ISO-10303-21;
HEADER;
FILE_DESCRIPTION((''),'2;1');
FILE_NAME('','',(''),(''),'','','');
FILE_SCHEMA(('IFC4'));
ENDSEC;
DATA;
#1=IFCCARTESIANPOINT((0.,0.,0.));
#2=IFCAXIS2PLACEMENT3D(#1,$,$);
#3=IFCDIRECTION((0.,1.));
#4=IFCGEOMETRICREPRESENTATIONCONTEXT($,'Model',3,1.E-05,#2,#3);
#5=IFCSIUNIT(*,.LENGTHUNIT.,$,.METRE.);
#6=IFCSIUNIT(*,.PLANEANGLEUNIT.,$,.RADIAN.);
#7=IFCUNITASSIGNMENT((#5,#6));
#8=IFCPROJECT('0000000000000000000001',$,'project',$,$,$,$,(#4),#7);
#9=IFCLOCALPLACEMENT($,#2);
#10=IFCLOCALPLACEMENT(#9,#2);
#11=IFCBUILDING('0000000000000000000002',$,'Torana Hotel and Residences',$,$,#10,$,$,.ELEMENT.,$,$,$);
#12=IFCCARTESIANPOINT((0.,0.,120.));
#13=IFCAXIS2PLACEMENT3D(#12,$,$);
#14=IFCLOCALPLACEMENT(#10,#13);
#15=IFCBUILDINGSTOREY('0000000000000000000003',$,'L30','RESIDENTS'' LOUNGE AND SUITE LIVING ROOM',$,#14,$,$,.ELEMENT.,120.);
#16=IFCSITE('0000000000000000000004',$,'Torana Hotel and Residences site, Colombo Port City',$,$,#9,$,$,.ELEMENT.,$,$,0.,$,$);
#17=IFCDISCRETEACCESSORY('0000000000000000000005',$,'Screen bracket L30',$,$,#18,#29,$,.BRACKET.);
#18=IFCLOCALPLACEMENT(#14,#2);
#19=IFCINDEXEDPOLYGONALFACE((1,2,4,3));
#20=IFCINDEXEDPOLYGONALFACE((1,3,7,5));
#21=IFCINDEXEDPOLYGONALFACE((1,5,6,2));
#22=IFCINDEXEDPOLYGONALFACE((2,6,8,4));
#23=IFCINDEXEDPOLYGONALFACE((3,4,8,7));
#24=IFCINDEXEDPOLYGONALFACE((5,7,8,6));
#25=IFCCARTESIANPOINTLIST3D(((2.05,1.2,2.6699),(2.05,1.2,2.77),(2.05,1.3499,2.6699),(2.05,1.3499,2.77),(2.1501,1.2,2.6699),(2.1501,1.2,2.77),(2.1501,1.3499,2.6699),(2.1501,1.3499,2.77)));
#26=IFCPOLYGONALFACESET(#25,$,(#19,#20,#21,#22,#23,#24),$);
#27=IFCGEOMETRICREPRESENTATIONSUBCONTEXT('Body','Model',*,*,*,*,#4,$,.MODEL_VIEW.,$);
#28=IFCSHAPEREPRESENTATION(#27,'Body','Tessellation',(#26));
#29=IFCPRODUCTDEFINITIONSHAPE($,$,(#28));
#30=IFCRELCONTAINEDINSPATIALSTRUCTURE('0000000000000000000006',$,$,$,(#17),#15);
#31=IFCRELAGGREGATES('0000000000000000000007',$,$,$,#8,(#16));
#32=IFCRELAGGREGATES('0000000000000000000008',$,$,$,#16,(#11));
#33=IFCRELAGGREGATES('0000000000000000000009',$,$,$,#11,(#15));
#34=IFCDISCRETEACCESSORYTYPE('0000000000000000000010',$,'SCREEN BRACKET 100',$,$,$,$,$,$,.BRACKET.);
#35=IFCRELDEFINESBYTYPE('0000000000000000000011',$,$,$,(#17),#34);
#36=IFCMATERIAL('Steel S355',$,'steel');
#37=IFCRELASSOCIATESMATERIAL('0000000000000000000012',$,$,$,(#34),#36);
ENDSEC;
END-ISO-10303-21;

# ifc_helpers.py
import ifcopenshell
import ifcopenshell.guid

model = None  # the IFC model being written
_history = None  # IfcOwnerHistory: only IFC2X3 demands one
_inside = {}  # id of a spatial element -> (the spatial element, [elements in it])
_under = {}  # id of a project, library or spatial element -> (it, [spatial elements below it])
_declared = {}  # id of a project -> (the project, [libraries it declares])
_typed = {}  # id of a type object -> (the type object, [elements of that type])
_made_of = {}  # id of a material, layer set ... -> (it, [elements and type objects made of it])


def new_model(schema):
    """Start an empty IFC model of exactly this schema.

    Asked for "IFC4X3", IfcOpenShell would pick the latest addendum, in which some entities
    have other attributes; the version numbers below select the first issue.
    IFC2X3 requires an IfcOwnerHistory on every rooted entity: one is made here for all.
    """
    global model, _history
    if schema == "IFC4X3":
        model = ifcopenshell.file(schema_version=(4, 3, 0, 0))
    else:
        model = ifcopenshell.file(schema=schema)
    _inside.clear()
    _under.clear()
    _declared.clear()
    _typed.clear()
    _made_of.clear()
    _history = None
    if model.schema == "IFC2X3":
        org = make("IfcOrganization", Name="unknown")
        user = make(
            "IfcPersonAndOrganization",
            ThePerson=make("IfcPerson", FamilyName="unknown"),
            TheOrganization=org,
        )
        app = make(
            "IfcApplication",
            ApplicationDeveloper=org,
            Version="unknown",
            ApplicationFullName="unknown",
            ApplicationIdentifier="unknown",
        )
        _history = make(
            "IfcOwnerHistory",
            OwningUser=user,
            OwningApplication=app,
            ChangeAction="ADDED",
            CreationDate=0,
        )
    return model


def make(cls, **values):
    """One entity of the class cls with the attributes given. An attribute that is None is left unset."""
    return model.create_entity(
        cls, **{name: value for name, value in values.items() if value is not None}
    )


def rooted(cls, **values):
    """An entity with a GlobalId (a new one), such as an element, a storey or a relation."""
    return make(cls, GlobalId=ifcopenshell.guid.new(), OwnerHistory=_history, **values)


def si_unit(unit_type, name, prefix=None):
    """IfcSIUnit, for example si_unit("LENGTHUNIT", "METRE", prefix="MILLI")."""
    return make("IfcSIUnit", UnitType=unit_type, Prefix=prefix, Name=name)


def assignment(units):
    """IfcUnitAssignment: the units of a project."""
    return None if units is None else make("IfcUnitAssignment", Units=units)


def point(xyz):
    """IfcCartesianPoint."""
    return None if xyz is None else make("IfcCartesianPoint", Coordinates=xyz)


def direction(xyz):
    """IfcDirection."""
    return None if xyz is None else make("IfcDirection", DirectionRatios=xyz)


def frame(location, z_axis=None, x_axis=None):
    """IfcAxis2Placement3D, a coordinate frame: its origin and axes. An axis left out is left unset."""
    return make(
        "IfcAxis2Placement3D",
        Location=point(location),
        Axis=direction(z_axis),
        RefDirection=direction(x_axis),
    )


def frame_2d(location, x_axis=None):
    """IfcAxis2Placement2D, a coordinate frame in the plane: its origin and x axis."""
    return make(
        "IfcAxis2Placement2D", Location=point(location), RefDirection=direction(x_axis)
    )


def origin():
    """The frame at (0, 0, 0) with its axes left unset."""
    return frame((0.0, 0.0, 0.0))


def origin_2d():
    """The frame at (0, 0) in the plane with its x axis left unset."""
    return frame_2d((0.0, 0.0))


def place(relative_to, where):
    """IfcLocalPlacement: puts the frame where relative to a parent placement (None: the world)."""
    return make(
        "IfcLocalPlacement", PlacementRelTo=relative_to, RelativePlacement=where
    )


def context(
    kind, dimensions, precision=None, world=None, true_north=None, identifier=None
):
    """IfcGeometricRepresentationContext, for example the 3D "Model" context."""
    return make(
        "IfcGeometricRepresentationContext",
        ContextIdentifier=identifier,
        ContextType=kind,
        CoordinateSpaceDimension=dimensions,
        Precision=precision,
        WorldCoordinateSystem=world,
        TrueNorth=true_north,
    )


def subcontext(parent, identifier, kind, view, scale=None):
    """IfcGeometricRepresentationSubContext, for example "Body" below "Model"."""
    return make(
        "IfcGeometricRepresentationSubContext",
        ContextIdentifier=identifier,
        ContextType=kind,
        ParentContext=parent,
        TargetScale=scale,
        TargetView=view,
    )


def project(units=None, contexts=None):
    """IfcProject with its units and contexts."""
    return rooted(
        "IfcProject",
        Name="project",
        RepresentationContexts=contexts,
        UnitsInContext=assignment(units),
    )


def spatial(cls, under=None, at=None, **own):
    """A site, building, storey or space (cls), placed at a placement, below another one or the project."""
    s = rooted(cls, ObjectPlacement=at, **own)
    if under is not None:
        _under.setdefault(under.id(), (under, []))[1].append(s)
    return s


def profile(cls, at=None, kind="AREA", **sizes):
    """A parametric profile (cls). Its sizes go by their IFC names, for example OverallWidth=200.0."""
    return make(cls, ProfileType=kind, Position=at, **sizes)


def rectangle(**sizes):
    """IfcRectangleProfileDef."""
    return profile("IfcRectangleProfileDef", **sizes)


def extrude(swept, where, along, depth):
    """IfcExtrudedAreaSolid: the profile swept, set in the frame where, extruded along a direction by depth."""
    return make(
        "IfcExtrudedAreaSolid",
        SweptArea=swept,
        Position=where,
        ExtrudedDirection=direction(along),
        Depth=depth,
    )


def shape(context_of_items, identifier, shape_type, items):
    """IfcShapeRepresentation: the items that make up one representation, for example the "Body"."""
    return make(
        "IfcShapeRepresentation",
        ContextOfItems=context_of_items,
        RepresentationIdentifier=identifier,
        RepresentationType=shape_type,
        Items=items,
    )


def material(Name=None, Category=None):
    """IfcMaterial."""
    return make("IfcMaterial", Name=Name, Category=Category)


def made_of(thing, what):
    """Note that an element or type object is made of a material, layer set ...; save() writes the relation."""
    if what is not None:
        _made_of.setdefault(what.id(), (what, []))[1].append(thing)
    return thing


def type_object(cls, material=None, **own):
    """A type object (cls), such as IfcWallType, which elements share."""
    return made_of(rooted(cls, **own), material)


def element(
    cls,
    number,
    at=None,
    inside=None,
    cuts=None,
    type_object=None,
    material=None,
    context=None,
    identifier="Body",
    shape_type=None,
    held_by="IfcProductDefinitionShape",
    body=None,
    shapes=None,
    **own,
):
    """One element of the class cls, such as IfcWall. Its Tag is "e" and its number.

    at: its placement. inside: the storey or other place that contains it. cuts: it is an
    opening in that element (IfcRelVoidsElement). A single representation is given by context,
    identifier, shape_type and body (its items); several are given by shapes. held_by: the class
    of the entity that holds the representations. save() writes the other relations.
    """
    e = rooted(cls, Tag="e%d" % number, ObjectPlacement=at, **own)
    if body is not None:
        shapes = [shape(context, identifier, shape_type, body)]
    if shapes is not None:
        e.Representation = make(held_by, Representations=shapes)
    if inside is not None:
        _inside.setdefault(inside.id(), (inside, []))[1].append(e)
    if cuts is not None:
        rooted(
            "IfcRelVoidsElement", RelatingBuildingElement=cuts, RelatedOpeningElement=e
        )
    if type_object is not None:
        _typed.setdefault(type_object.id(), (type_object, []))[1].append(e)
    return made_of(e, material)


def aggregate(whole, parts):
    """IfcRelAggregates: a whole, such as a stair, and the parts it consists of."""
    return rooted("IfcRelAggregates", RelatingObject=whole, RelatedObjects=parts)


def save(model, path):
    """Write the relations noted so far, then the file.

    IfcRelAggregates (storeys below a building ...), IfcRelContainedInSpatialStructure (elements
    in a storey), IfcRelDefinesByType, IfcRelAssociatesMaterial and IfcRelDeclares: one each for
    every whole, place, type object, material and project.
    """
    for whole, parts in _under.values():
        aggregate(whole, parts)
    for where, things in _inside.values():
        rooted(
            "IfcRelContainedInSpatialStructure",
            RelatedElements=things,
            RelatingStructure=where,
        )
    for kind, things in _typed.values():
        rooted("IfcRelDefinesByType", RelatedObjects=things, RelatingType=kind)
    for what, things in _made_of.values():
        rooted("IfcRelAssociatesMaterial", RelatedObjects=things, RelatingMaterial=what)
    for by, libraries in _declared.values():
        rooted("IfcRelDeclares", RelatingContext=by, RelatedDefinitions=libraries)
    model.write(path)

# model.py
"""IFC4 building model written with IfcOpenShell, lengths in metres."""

from ifc_helpers import new_model, si_unit, direction, frame, origin, origin_2d, place, context, subcontext, project, spatial, rectangle, extrude, material, type_object, element, save


model = new_model("IFC4")

# Units and contexts
model_context = context("Model", 3, precision=1e-05, world=origin(), true_north=direction((0.0, 1.0)))
body_context = subcontext(model_context, "Body", "Model", "MODEL_VIEW")
ifc_project = project(units=[si_unit("LENGTHUNIT", "METRE"), si_unit("PLANEANGLEUNIT", "RADIAN")], contexts=[model_context])

# Site, building, storey
site_placement = place(None, origin())
site = spatial("IfcSite", under=ifc_project, at=site_placement, Name="Torana Hotel and Residences site, Colombo Port City", CompositionType="ELEMENT", RefElevation=0.0)
building_placement = place(site_placement, origin())
building = spatial("IfcBuilding", under=site, at=building_placement, Name="Torana Hotel and Residences", CompositionType="ELEMENT")
storey_placement = place(building_placement, frame((0.0, 0.0, 120.0)))
storey = spatial("IfcBuildingStorey", under=building, at=storey_placement, Name="L30", Description="RESIDENTS' LOUNGE AND SUITE LIVING ROOM", CompositionType="ELEMENT", Elevation=120.0)

# Discrete accessory
ifc_material_1 = material(Name="Steel S355", Category="steel")
discrete_accessory_type = type_object("IfcDiscreteAccessoryType", Name="SCREEN BRACKET 100", PredefinedType="BRACKET", material=ifc_material_1)
for number, where, z_axis, x_axis, name in (
    (1, (2.1001, 1.2749, 2.6699), (0.0, 0.0, 1.0), (-1.0, 0.0, 0.0), "Screen bracket L30"),
):
    element("IfcDiscreteAccessory", number, at=place(storey_placement, frame(where, z_axis=z_axis, x_axis=x_axis)), inside=storey, type_object=discrete_accessory_type, Name=name, PredefinedType="BRACKET", context=body_context, shape_type="SweptSolid", body=[
        extrude(rectangle(XDim=0.1001, YDim=0.1499, at=origin_2d()), origin(), (0.0, 0.0, 1.0), 0.1001),
    ])

save(model, "model.ifc")
